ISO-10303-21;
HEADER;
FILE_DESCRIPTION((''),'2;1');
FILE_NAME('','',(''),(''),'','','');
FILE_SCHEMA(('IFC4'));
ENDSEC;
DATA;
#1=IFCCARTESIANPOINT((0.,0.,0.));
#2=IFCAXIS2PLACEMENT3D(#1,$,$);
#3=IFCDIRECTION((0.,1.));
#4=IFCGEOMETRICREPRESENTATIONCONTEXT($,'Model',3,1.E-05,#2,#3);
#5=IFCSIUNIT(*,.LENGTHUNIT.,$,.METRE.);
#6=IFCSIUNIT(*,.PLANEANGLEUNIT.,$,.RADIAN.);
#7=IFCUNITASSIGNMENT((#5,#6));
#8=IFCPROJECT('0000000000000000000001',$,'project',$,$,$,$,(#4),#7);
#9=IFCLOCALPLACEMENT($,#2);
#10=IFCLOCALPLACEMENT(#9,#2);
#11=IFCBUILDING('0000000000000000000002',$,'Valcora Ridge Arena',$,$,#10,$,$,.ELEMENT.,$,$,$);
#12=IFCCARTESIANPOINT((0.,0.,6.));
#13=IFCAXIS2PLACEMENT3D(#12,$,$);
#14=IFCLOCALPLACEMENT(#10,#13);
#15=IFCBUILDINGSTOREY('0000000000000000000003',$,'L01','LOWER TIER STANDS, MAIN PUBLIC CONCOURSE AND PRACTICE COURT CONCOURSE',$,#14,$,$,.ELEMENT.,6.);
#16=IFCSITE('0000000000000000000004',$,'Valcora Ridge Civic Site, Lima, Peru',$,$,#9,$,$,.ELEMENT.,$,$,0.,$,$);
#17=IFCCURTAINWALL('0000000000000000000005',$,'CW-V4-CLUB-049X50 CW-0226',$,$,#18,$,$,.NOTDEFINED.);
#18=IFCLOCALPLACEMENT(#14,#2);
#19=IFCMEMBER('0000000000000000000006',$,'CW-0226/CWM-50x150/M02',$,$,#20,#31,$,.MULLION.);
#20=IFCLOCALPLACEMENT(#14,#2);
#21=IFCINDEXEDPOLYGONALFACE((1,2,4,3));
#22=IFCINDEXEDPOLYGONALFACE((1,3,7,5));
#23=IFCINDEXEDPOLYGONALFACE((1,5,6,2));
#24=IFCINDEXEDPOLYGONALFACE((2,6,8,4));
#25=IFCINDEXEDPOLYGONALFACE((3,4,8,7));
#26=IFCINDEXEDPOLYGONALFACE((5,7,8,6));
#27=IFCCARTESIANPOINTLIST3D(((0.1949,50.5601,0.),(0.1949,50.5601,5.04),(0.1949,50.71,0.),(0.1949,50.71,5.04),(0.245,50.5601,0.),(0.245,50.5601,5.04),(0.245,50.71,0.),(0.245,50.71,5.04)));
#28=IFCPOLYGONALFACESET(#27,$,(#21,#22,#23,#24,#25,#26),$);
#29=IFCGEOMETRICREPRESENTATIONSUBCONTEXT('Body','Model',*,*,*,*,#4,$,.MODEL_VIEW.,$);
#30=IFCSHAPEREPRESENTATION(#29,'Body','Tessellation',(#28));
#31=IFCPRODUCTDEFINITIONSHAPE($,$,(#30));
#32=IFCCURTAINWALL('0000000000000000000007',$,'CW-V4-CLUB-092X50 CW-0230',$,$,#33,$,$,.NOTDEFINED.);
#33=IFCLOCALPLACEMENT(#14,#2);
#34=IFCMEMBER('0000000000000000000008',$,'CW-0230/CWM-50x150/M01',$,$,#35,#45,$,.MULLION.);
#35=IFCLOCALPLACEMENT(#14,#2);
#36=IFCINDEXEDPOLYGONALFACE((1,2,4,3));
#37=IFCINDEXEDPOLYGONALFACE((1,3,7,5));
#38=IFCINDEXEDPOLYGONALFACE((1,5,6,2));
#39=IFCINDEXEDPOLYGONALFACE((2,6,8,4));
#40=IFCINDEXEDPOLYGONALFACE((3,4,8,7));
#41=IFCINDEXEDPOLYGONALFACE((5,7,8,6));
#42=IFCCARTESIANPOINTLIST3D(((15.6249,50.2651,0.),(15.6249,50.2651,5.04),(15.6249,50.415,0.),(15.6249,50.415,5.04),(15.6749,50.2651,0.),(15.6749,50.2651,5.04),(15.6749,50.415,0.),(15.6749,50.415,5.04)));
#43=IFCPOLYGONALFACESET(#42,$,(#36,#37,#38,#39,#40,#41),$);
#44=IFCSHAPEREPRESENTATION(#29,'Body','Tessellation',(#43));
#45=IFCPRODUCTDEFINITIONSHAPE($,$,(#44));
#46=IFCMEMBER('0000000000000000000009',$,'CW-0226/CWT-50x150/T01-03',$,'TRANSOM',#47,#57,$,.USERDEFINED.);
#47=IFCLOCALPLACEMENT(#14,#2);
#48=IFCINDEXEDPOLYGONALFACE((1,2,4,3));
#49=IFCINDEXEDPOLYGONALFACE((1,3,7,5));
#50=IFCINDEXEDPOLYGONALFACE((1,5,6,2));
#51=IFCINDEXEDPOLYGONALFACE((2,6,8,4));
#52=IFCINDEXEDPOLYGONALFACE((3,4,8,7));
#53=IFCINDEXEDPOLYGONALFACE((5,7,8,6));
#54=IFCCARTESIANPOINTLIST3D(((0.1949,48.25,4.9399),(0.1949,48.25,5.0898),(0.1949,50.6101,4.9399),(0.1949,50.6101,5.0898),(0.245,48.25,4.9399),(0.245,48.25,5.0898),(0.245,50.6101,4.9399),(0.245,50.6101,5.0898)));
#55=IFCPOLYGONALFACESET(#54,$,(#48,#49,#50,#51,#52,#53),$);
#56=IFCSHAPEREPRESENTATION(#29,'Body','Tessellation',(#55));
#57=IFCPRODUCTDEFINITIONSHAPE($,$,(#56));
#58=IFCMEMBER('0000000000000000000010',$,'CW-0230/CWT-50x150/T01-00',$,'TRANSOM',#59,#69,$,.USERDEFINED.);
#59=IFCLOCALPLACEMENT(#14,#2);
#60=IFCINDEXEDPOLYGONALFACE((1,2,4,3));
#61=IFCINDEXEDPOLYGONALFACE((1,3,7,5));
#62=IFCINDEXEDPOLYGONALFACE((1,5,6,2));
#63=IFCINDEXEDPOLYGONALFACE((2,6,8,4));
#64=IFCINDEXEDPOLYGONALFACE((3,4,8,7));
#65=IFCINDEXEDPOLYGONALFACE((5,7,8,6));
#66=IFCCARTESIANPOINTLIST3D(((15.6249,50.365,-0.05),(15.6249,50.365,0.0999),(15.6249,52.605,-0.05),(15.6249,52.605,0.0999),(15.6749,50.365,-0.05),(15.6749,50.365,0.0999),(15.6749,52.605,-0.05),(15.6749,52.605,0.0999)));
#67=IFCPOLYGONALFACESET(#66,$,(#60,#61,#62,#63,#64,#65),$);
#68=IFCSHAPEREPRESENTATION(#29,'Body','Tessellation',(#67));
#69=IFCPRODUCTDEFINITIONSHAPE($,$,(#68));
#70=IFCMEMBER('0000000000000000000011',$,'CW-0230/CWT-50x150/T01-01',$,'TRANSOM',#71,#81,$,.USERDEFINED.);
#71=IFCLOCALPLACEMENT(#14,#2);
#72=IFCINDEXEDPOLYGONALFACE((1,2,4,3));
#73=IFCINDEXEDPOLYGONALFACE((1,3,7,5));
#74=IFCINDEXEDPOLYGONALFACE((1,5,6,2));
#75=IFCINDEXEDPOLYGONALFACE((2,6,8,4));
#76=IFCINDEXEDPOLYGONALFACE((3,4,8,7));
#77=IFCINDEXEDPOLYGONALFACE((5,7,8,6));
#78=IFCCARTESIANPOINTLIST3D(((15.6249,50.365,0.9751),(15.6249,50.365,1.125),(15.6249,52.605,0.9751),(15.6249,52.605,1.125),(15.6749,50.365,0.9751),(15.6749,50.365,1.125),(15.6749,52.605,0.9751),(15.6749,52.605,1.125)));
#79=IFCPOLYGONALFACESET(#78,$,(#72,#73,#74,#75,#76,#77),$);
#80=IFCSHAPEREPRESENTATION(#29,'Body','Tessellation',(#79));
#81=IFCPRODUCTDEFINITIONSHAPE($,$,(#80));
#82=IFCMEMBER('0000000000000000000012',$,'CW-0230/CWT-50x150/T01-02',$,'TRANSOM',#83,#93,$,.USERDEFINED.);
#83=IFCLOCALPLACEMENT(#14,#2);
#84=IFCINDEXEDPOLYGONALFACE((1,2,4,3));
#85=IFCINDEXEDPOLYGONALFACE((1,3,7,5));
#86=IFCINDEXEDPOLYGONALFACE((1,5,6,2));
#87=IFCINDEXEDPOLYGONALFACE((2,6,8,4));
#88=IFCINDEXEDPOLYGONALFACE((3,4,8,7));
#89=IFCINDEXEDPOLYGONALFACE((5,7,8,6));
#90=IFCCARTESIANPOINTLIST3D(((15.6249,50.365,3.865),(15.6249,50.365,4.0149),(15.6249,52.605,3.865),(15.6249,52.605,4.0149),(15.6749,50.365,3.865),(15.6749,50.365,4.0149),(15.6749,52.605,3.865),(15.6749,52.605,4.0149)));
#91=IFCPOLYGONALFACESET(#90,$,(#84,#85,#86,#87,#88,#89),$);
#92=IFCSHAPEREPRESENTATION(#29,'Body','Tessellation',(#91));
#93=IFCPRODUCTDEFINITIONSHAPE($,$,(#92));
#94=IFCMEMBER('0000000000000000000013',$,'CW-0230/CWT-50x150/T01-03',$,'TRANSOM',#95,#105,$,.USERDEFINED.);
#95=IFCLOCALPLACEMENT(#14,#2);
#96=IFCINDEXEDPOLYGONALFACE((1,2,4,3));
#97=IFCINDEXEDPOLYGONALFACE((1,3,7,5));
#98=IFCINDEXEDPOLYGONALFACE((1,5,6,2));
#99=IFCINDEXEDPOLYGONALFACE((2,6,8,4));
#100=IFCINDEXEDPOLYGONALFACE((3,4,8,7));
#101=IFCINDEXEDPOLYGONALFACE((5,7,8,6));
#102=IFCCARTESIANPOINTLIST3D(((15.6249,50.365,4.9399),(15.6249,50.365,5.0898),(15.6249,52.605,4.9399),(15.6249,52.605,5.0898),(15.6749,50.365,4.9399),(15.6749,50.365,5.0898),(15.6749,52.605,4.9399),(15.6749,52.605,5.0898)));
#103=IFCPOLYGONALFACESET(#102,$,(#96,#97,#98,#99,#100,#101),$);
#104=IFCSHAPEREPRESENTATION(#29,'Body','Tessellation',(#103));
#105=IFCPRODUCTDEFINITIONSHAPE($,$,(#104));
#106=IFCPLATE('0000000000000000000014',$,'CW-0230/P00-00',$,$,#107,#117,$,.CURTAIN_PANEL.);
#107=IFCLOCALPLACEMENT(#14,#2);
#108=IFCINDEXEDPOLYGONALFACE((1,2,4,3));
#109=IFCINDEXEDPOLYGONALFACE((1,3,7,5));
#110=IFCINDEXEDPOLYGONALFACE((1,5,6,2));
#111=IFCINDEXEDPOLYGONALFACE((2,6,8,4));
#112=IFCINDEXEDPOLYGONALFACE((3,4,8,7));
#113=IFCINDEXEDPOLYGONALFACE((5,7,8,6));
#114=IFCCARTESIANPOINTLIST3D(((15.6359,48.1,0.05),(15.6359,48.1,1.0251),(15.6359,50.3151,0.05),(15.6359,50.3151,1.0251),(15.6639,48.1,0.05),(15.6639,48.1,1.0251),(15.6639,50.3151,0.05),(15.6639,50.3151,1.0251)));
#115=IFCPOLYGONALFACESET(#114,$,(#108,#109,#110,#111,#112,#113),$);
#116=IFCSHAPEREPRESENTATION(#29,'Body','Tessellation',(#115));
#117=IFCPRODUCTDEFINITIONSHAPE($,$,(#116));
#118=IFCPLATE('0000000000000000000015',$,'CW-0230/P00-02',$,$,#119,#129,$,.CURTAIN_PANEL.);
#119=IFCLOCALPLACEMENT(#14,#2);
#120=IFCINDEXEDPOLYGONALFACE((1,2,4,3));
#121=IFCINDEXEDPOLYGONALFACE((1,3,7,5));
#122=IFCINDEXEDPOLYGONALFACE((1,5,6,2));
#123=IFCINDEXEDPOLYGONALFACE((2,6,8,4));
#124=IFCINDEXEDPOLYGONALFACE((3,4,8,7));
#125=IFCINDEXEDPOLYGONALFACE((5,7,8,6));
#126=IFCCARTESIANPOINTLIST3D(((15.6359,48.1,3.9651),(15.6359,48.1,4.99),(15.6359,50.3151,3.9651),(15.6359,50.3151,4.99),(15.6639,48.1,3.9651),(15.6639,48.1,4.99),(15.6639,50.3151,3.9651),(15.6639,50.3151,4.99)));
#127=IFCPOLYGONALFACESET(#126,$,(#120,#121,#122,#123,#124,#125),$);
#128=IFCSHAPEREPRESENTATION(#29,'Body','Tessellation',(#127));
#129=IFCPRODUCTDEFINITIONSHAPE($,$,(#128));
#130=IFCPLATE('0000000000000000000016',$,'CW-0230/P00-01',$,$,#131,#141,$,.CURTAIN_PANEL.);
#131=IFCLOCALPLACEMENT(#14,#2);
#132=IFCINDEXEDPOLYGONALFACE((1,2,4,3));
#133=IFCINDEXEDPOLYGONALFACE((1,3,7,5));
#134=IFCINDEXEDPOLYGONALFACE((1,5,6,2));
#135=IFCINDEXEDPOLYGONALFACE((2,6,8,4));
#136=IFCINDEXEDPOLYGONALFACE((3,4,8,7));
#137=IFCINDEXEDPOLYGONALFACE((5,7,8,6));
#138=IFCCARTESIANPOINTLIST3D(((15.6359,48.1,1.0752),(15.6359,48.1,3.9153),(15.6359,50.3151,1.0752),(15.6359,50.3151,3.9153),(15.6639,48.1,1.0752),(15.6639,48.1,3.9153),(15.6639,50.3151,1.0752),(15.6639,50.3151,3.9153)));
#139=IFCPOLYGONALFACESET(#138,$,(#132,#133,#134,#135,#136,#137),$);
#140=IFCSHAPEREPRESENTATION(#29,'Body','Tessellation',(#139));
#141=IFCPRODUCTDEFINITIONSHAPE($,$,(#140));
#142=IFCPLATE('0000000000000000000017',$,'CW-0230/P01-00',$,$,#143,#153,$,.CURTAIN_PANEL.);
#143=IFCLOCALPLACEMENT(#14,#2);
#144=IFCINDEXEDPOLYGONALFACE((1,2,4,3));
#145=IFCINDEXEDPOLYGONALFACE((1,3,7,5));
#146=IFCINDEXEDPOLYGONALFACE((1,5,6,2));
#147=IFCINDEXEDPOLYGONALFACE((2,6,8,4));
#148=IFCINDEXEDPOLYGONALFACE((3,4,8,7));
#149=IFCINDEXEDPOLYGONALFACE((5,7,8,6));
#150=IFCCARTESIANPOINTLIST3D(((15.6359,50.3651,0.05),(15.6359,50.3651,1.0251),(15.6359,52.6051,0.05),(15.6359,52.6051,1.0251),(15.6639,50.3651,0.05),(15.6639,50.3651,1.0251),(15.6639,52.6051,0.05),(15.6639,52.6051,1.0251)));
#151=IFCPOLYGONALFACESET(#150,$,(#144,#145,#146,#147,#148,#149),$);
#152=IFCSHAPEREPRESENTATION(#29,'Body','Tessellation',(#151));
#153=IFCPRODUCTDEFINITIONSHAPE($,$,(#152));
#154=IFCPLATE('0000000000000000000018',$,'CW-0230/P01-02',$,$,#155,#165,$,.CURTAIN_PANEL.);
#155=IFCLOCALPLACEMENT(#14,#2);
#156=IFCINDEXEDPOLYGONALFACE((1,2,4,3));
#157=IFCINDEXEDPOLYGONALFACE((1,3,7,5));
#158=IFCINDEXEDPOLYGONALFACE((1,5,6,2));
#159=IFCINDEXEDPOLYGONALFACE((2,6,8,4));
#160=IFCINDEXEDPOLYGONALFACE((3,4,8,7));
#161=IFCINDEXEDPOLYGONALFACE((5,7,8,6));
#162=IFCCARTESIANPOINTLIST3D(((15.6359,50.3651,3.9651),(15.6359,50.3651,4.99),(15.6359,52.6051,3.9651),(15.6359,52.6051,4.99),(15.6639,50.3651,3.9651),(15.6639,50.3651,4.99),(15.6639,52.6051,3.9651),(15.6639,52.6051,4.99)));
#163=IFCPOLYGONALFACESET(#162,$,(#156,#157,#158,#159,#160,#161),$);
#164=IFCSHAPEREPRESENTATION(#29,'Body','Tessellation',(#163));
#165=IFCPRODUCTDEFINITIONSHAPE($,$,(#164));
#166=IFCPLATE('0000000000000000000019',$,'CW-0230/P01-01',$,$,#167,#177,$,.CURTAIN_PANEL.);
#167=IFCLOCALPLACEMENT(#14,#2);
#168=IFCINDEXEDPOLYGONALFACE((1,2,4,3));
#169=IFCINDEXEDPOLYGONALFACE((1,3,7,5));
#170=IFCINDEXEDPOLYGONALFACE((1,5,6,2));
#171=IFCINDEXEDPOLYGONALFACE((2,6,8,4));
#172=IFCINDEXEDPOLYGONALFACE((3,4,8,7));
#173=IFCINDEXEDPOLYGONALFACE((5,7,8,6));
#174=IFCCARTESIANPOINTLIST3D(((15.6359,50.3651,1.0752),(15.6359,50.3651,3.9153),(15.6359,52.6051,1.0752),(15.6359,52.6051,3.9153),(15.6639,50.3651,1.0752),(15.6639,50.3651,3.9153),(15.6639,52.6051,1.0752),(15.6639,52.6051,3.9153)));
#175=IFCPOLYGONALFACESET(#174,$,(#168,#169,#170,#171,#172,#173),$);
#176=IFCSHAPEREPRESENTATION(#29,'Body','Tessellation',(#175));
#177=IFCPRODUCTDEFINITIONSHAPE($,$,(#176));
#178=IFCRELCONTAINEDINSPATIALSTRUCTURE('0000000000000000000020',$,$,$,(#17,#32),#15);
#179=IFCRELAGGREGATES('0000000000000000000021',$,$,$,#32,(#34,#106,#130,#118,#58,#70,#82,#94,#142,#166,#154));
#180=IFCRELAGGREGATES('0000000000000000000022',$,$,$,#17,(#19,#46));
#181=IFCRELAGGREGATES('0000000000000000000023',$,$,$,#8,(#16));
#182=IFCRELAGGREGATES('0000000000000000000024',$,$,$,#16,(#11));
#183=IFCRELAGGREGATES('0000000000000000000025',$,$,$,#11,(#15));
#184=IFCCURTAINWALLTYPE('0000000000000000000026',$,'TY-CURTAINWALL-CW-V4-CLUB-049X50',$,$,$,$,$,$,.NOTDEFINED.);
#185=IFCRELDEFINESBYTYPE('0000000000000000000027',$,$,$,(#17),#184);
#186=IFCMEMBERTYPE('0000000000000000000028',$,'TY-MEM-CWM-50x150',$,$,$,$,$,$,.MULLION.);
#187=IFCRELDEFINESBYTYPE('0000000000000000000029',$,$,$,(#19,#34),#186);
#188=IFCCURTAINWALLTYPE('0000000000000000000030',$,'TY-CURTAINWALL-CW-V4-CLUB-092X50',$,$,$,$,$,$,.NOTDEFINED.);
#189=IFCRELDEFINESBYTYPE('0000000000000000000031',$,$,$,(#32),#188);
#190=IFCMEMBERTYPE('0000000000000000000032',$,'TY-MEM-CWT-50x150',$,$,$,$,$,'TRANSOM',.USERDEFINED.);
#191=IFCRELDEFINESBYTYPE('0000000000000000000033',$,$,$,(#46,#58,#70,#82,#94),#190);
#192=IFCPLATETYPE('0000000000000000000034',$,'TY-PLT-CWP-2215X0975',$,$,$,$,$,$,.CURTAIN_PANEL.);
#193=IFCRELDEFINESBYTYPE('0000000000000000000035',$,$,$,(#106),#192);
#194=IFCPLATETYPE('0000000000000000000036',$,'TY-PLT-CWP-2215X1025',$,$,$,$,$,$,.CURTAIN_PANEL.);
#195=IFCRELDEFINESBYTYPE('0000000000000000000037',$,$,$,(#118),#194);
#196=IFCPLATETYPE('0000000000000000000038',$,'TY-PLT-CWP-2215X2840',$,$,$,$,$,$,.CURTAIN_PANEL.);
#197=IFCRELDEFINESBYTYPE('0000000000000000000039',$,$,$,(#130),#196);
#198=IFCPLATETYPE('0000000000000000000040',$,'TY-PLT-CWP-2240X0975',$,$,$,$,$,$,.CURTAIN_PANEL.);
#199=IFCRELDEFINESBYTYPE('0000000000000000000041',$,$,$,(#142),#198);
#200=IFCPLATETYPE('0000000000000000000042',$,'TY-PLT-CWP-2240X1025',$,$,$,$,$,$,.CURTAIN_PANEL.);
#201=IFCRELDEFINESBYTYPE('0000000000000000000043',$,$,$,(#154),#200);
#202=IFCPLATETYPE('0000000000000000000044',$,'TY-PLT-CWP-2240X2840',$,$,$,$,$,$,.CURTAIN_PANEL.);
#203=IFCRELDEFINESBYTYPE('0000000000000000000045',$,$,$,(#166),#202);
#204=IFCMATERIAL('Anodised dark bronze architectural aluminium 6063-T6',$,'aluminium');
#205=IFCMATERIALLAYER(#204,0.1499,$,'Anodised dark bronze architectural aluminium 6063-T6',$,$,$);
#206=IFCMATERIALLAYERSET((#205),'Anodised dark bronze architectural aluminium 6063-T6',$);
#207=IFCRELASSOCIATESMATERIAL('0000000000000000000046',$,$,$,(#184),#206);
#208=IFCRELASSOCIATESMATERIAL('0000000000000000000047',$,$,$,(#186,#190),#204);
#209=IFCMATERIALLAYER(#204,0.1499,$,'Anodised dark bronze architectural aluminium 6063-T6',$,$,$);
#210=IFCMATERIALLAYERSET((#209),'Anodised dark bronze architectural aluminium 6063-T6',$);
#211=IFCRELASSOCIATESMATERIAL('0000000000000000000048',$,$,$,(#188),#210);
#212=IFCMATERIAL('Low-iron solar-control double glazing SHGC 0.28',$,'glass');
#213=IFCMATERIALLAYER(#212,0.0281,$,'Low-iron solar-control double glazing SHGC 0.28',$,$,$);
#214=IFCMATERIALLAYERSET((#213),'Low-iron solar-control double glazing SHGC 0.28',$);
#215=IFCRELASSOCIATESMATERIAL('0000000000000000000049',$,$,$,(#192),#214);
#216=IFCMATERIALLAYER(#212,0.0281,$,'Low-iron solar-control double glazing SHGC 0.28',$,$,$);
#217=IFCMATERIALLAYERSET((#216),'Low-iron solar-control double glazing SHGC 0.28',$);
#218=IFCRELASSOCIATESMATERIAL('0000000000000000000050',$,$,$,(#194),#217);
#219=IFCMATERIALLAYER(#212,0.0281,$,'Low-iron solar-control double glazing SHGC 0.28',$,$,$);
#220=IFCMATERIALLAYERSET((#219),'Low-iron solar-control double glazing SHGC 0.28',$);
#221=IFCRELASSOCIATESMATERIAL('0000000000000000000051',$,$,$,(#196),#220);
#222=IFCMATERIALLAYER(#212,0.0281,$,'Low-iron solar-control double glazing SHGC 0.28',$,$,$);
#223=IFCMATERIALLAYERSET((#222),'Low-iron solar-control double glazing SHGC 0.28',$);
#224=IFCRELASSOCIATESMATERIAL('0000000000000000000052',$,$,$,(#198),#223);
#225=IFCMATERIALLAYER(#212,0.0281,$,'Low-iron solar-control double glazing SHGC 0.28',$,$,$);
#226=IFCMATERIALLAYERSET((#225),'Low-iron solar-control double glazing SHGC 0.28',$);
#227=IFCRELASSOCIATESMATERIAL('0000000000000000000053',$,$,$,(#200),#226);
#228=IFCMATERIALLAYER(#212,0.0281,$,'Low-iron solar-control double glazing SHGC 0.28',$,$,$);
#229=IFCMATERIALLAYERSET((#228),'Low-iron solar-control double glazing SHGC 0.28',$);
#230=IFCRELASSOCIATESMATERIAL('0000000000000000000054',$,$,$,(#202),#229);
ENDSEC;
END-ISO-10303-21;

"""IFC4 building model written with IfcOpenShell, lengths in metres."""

from ifc_helpers import new_model, si_unit, direction, frame, origin, origin_2d, place, context, subcontext, project, spatial, rectangle, extrude, material, layer, layer_set, material_profile, profile_set, type_object, element, aggregate, save


model = new_model("IFC4")

# Units and contexts
model_context = context("Model", 3, precision=1e-05, world=origin(), true_north=direction((0.0, 1.0)))
body_context = subcontext(model_context, "Body", "Model", "MODEL_VIEW")
ifc_project = project(units=[si_unit("LENGTHUNIT", "METRE"), si_unit("PLANEANGLEUNIT", "RADIAN")], contexts=[model_context])

# Site, building, storey
site_placement = place(None, origin())
site = spatial("IfcSite", under=ifc_project, at=site_placement, Name="Valcora Ridge Civic Site, Lima, Peru", CompositionType="ELEMENT", RefElevation=0.0)
building_placement = place(site_placement, origin())
building = spatial("IfcBuilding", under=site, at=building_placement, Name="Valcora Ridge Arena", CompositionType="ELEMENT")
storey_placement = place(building_placement, frame((0.0, 0.0, 6.0)))
storey = spatial("IfcBuildingStorey", under=building, at=storey_placement, Name="L01", Description="LOWER TIER STANDS, MAIN PUBLIC CONCOURSE AND PRACTICE COURT CONCOURSE", CompositionType="ELEMENT", Elevation=6.0)

# Curtain walls, members
ifc_material_1 = material(Name="Anodised dark bronze architectural aluminium 6063-T6", Category="aluminium")
ifc_layer_1 = layer(ifc_material_1, 0.1499, Name="Anodised dark bronze architectural aluminium 6063-T6")
ifc_layer_set_1 = layer_set([ifc_layer_1], Name="Anodised dark bronze architectural aluminium 6063-T6")
curtain_wall_type_1 = type_object("IfcCurtainWallType", Name="TY-CURTAINWALL-CW-V4-CLUB-049X50", PredefinedType="NOTDEFINED", material=ifc_layer_set_1)
curtain_wall_1_placement = place(storey_placement, origin())
curtain_wall_1 = element("IfcCurtainWall", 1, at=curtain_wall_1_placement, inside=storey, type_object=curtain_wall_type_1, Name="CW-V4-CLUB-049X50 CW-0226", PredefinedType="NOTDEFINED")
ifc_material_profile_1 = material_profile(ifc_material_1, rectangle(XDim=0.05, YDim=0.1499, at=origin_2d()), Name="ALU MULLION 50x150")
ifc_profile_set_1 = profile_set([ifc_material_profile_1], Name="Anodised dark bronze architectural aluminium 6063-T6")
member_type_1 = type_object("IfcMemberType", Name="TY-MEM-CWM-50x150", PredefinedType="MULLION", material=ifc_profile_set_1)
member_1_placement = place(storey_placement, frame((0.22, 50.635, 0.0), z_axis=(0.0, 0.0, 1.0), x_axis=(-1.0, 0.0, 0.0)))
member_1 = element("IfcMember", 2, at=member_1_placement, type_object=member_type_1, Name="CW-0226/CWM-50x150/M02", PredefinedType="MULLION", context=body_context, shape_type="SweptSolid", body=[
    extrude(rectangle(XDim=0.05, YDim=0.1499, at=origin_2d()), origin(), (0.0, 0.0, 1.0), 5.04),
])
ifc_layer_2 = layer(ifc_material_1, 0.1499, Name="Anodised dark bronze architectural aluminium 6063-T6")
ifc_layer_set_2 = layer_set([ifc_layer_2], Name="Anodised dark bronze architectural aluminium 6063-T6")
curtain_wall_type_2 = type_object("IfcCurtainWallType", Name="TY-CURTAINWALL-CW-V4-CLUB-092X50", PredefinedType="NOTDEFINED", material=ifc_layer_set_2)
curtain_wall_2_placement = place(storey_placement, origin())
curtain_wall_2 = element("IfcCurtainWall", 3, at=curtain_wall_2_placement, inside=storey, type_object=curtain_wall_type_2, Name="CW-V4-CLUB-092X50 CW-0230", PredefinedType="NOTDEFINED")
member_2_placement = place(storey_placement, frame((15.6499, 50.3401, 0.0), z_axis=(0.0, 0.0, 1.0), x_axis=(-1.0, 0.0, 0.0)))
member_2 = element("IfcMember", 4, at=member_2_placement, type_object=member_type_1, Name="CW-0230/CWM-50x150/M01", PredefinedType="MULLION", context=body_context, shape_type="SweptSolid", body=[
    extrude(rectangle(XDim=0.05, YDim=0.1499, at=origin_2d()), origin(), (0.0, 0.0, 1.0), 5.04),
])

# Members
ifc_material_profile_2 = material_profile(ifc_material_1, rectangle(XDim=0.05, YDim=0.1499, at=origin_2d()), Name="ALU TRANSOM 50x150")
ifc_profile_set_2 = profile_set([ifc_material_profile_2], Name="Anodised dark bronze architectural aluminium 6063-T6")
member_type_2 = type_object("IfcMemberType", Name="TY-MEM-CWT-50x150", ElementType="TRANSOM", PredefinedType="USERDEFINED", material=ifc_profile_set_2)
member_3_placement = place(storey_placement, frame((0.22, 48.25, 5.0149), z_axis=(0.0, 1.0, 0.0), x_axis=(-1.0, 0.0, 0.0)))
member_3 = element("IfcMember", 5, at=member_3_placement, type_object=member_type_2, Name="CW-0226/CWT-50x150/T01-03", ObjectType="TRANSOM", PredefinedType="USERDEFINED", context=body_context, shape_type="SweptSolid", body=[
    extrude(rectangle(XDim=0.05, YDim=0.1499, at=origin_2d()), origin(), (0.0, 0.0, 1.0), 2.3601),
])
member_4_placement = place(storey_placement, frame((15.6499, 50.365, 0.0249), z_axis=(0.0, 1.0, 0.0), x_axis=(-1.0, 0.0, 0.0)))
member_4 = element("IfcMember", 6, at=member_4_placement, type_object=member_type_2, Name="CW-0230/CWT-50x150/T01-00", ObjectType="TRANSOM", PredefinedType="USERDEFINED", context=body_context, shape_type="SweptSolid", body=[
    extrude(rectangle(XDim=0.05, YDim=0.1499, at=origin_2d()), origin(), (0.0, 0.0, 1.0), 2.24),
])
member_5_placement = place(storey_placement, frame((15.6499, 50.365, 1.05), z_axis=(0.0, 1.0, 0.0), x_axis=(-1.0, 0.0, 0.0)))
member_5 = element("IfcMember", 7, at=member_5_placement, type_object=member_type_2, Name="CW-0230/CWT-50x150/T01-01", ObjectType="TRANSOM", PredefinedType="USERDEFINED", context=body_context, shape_type="SweptSolid", body=[
    extrude(rectangle(XDim=0.05, YDim=0.1499, at=origin_2d()), origin(), (0.0, 0.0, 1.0), 2.24),
])
member_6_placement = place(storey_placement, frame((15.6499, 50.365, 3.9399), z_axis=(0.0, 1.0, 0.0), x_axis=(-1.0, 0.0, 0.0)))
member_6 = element("IfcMember", 8, at=member_6_placement, type_object=member_type_2, Name="CW-0230/CWT-50x150/T01-02", ObjectType="TRANSOM", PredefinedType="USERDEFINED", context=body_context, shape_type="SweptSolid", body=[
    extrude(rectangle(XDim=0.05, YDim=0.1499, at=origin_2d()), origin(), (0.0, 0.0, 1.0), 2.24),
])
member_7_placement = place(storey_placement, frame((15.6499, 50.365, 5.0149), z_axis=(0.0, 1.0, 0.0), x_axis=(-1.0, 0.0, 0.0)))
member_7 = element("IfcMember", 9, at=member_7_placement, type_object=member_type_2, Name="CW-0230/CWT-50x150/T01-03", ObjectType="TRANSOM", PredefinedType="USERDEFINED", context=body_context, shape_type="SweptSolid", body=[
    extrude(rectangle(XDim=0.05, YDim=0.1499, at=origin_2d()), origin(), (0.0, 0.0, 1.0), 2.24),
])

# Plates
ifc_material_2 = material(Name="Low-iron solar-control double glazing SHGC 0.28", Category="glass")
ifc_layer_3 = layer(ifc_material_2, 0.0281, Name="Low-iron solar-control double glazing SHGC 0.28")
ifc_layer_set_3 = layer_set([ifc_layer_3], Name="Low-iron solar-control double glazing SHGC 0.28")
plate_type_1 = type_object("IfcPlateType", Name="TY-PLT-CWP-2215X0975", PredefinedType="CURTAIN_PANEL", material=ifc_layer_set_3)
plate_1_placement = place(storey_placement, frame((15.6499, 49.2075, 0.05), z_axis=(0.0, 0.0, 1.0), x_axis=(0.0, 1.0, 0.0)))
plate_1 = element("IfcPlate", 10, at=plate_1_placement, type_object=plate_type_1, Name="CW-0230/P00-00", PredefinedType="CURTAIN_PANEL", context=body_context, shape_type="SweptSolid", body=[
    extrude(rectangle(XDim=2.2151, YDim=0.0281, at=origin_2d()), origin(), (0.0, 0.0, 1.0), 0.9751),
])
ifc_layer_4 = layer(ifc_material_2, 0.0281, Name="Low-iron solar-control double glazing SHGC 0.28")
ifc_layer_set_4 = layer_set([ifc_layer_4], Name="Low-iron solar-control double glazing SHGC 0.28")
plate_type_2 = type_object("IfcPlateType", Name="TY-PLT-CWP-2215X1025", PredefinedType="CURTAIN_PANEL", material=ifc_layer_set_4)
plate_2_placement = place(storey_placement, frame((15.6499, 49.2075, 3.9651), z_axis=(0.0, 0.0, 1.0), x_axis=(0.0, 1.0, 0.0)))
plate_2 = element("IfcPlate", 11, at=plate_2_placement, type_object=plate_type_2, Name="CW-0230/P00-02", PredefinedType="CURTAIN_PANEL", context=body_context, shape_type="SweptSolid", body=[
    extrude(rectangle(XDim=2.2151, YDim=0.0281, at=origin_2d()), origin(), (0.0, 0.0, 1.0), 1.0249),
])
ifc_layer_5 = layer(ifc_material_2, 0.0281, Name="Low-iron solar-control double glazing SHGC 0.28")
ifc_layer_set_5 = layer_set([ifc_layer_5], Name="Low-iron solar-control double glazing SHGC 0.28")
plate_type_3 = type_object("IfcPlateType", Name="TY-PLT-CWP-2215X2840", PredefinedType="CURTAIN_PANEL", material=ifc_layer_set_5)
plate_3_placement = place(storey_placement, frame((15.6499, 49.2075, 1.0752), z_axis=(0.0, 0.0, 1.0), x_axis=(0.0, 1.0, 0.0)))
plate_3 = element("IfcPlate", 12, at=plate_3_placement, type_object=plate_type_3, Name="CW-0230/P00-01", PredefinedType="CURTAIN_PANEL", context=body_context, shape_type="SweptSolid", body=[
    extrude(rectangle(XDim=2.2151, YDim=0.0281, at=origin_2d()), origin(), (0.0, 0.0, 1.0), 2.8401),
])
ifc_layer_6 = layer(ifc_material_2, 0.0281, Name="Low-iron solar-control double glazing SHGC 0.28")
ifc_layer_set_6 = layer_set([ifc_layer_6], Name="Low-iron solar-control double glazing SHGC 0.28")
plate_type_4 = type_object("IfcPlateType", Name="TY-PLT-CWP-2240X0975", PredefinedType="CURTAIN_PANEL", material=ifc_layer_set_6)
plate_4_placement = place(storey_placement, frame((15.6499, 51.4851, 0.05), z_axis=(0.0, 0.0, 1.0), x_axis=(0.0, 1.0, 0.0)))
plate_4 = element("IfcPlate", 13, at=plate_4_placement, type_object=plate_type_4, Name="CW-0230/P01-00", PredefinedType="CURTAIN_PANEL", context=body_context, shape_type="SweptSolid", body=[
    extrude(rectangle(XDim=2.24, YDim=0.0281, at=origin_2d()), origin(), (0.0, 0.0, 1.0), 0.9751),
])
ifc_layer_7 = layer(ifc_material_2, 0.0281, Name="Low-iron solar-control double glazing SHGC 0.28")
ifc_layer_set_7 = layer_set([ifc_layer_7], Name="Low-iron solar-control double glazing SHGC 0.28")
plate_type_5 = type_object("IfcPlateType", Name="TY-PLT-CWP-2240X1025", PredefinedType="CURTAIN_PANEL", material=ifc_layer_set_7)
plate_5_placement = place(storey_placement, frame((15.6499, 51.4851, 3.9651), z_axis=(0.0, 0.0, 1.0), x_axis=(0.0, 1.0, 0.0)))
plate_5 = element("IfcPlate", 14, at=plate_5_placement, type_object=plate_type_5, Name="CW-0230/P01-02", PredefinedType="CURTAIN_PANEL", context=body_context, shape_type="SweptSolid", body=[
    extrude(rectangle(XDim=2.24, YDim=0.0281, at=origin_2d()), origin(), (0.0, 0.0, 1.0), 1.0249),
])
ifc_layer_8 = layer(ifc_material_2, 0.0281, Name="Low-iron solar-control double glazing SHGC 0.28")
ifc_layer_set_8 = layer_set([ifc_layer_8], Name="Low-iron solar-control double glazing SHGC 0.28")
plate_type_6 = type_object("IfcPlateType", Name="TY-PLT-CWP-2240X2840", PredefinedType="CURTAIN_PANEL", material=ifc_layer_set_8)
plate_6_placement = place(storey_placement, frame((15.6499, 51.4851, 1.0752), z_axis=(0.0, 0.0, 1.0), x_axis=(0.0, 1.0, 0.0)))
plate_6 = element("IfcPlate", 15, at=plate_6_placement, type_object=plate_type_6, Name="CW-0230/P01-01", PredefinedType="CURTAIN_PANEL", context=body_context, shape_type="SweptSolid", body=[
    extrude(rectangle(XDim=2.24, YDim=0.0281, at=origin_2d()), origin(), (0.0, 0.0, 1.0), 2.8401),
])
aggregate(curtain_wall_2, [member_2, plate_1, plate_3, plate_2, member_4, member_5, member_6, member_7, plate_4, plate_6, plate_5])
aggregate(curtain_wall_1, [member_1, member_3])

save(model, "model.ifc")
